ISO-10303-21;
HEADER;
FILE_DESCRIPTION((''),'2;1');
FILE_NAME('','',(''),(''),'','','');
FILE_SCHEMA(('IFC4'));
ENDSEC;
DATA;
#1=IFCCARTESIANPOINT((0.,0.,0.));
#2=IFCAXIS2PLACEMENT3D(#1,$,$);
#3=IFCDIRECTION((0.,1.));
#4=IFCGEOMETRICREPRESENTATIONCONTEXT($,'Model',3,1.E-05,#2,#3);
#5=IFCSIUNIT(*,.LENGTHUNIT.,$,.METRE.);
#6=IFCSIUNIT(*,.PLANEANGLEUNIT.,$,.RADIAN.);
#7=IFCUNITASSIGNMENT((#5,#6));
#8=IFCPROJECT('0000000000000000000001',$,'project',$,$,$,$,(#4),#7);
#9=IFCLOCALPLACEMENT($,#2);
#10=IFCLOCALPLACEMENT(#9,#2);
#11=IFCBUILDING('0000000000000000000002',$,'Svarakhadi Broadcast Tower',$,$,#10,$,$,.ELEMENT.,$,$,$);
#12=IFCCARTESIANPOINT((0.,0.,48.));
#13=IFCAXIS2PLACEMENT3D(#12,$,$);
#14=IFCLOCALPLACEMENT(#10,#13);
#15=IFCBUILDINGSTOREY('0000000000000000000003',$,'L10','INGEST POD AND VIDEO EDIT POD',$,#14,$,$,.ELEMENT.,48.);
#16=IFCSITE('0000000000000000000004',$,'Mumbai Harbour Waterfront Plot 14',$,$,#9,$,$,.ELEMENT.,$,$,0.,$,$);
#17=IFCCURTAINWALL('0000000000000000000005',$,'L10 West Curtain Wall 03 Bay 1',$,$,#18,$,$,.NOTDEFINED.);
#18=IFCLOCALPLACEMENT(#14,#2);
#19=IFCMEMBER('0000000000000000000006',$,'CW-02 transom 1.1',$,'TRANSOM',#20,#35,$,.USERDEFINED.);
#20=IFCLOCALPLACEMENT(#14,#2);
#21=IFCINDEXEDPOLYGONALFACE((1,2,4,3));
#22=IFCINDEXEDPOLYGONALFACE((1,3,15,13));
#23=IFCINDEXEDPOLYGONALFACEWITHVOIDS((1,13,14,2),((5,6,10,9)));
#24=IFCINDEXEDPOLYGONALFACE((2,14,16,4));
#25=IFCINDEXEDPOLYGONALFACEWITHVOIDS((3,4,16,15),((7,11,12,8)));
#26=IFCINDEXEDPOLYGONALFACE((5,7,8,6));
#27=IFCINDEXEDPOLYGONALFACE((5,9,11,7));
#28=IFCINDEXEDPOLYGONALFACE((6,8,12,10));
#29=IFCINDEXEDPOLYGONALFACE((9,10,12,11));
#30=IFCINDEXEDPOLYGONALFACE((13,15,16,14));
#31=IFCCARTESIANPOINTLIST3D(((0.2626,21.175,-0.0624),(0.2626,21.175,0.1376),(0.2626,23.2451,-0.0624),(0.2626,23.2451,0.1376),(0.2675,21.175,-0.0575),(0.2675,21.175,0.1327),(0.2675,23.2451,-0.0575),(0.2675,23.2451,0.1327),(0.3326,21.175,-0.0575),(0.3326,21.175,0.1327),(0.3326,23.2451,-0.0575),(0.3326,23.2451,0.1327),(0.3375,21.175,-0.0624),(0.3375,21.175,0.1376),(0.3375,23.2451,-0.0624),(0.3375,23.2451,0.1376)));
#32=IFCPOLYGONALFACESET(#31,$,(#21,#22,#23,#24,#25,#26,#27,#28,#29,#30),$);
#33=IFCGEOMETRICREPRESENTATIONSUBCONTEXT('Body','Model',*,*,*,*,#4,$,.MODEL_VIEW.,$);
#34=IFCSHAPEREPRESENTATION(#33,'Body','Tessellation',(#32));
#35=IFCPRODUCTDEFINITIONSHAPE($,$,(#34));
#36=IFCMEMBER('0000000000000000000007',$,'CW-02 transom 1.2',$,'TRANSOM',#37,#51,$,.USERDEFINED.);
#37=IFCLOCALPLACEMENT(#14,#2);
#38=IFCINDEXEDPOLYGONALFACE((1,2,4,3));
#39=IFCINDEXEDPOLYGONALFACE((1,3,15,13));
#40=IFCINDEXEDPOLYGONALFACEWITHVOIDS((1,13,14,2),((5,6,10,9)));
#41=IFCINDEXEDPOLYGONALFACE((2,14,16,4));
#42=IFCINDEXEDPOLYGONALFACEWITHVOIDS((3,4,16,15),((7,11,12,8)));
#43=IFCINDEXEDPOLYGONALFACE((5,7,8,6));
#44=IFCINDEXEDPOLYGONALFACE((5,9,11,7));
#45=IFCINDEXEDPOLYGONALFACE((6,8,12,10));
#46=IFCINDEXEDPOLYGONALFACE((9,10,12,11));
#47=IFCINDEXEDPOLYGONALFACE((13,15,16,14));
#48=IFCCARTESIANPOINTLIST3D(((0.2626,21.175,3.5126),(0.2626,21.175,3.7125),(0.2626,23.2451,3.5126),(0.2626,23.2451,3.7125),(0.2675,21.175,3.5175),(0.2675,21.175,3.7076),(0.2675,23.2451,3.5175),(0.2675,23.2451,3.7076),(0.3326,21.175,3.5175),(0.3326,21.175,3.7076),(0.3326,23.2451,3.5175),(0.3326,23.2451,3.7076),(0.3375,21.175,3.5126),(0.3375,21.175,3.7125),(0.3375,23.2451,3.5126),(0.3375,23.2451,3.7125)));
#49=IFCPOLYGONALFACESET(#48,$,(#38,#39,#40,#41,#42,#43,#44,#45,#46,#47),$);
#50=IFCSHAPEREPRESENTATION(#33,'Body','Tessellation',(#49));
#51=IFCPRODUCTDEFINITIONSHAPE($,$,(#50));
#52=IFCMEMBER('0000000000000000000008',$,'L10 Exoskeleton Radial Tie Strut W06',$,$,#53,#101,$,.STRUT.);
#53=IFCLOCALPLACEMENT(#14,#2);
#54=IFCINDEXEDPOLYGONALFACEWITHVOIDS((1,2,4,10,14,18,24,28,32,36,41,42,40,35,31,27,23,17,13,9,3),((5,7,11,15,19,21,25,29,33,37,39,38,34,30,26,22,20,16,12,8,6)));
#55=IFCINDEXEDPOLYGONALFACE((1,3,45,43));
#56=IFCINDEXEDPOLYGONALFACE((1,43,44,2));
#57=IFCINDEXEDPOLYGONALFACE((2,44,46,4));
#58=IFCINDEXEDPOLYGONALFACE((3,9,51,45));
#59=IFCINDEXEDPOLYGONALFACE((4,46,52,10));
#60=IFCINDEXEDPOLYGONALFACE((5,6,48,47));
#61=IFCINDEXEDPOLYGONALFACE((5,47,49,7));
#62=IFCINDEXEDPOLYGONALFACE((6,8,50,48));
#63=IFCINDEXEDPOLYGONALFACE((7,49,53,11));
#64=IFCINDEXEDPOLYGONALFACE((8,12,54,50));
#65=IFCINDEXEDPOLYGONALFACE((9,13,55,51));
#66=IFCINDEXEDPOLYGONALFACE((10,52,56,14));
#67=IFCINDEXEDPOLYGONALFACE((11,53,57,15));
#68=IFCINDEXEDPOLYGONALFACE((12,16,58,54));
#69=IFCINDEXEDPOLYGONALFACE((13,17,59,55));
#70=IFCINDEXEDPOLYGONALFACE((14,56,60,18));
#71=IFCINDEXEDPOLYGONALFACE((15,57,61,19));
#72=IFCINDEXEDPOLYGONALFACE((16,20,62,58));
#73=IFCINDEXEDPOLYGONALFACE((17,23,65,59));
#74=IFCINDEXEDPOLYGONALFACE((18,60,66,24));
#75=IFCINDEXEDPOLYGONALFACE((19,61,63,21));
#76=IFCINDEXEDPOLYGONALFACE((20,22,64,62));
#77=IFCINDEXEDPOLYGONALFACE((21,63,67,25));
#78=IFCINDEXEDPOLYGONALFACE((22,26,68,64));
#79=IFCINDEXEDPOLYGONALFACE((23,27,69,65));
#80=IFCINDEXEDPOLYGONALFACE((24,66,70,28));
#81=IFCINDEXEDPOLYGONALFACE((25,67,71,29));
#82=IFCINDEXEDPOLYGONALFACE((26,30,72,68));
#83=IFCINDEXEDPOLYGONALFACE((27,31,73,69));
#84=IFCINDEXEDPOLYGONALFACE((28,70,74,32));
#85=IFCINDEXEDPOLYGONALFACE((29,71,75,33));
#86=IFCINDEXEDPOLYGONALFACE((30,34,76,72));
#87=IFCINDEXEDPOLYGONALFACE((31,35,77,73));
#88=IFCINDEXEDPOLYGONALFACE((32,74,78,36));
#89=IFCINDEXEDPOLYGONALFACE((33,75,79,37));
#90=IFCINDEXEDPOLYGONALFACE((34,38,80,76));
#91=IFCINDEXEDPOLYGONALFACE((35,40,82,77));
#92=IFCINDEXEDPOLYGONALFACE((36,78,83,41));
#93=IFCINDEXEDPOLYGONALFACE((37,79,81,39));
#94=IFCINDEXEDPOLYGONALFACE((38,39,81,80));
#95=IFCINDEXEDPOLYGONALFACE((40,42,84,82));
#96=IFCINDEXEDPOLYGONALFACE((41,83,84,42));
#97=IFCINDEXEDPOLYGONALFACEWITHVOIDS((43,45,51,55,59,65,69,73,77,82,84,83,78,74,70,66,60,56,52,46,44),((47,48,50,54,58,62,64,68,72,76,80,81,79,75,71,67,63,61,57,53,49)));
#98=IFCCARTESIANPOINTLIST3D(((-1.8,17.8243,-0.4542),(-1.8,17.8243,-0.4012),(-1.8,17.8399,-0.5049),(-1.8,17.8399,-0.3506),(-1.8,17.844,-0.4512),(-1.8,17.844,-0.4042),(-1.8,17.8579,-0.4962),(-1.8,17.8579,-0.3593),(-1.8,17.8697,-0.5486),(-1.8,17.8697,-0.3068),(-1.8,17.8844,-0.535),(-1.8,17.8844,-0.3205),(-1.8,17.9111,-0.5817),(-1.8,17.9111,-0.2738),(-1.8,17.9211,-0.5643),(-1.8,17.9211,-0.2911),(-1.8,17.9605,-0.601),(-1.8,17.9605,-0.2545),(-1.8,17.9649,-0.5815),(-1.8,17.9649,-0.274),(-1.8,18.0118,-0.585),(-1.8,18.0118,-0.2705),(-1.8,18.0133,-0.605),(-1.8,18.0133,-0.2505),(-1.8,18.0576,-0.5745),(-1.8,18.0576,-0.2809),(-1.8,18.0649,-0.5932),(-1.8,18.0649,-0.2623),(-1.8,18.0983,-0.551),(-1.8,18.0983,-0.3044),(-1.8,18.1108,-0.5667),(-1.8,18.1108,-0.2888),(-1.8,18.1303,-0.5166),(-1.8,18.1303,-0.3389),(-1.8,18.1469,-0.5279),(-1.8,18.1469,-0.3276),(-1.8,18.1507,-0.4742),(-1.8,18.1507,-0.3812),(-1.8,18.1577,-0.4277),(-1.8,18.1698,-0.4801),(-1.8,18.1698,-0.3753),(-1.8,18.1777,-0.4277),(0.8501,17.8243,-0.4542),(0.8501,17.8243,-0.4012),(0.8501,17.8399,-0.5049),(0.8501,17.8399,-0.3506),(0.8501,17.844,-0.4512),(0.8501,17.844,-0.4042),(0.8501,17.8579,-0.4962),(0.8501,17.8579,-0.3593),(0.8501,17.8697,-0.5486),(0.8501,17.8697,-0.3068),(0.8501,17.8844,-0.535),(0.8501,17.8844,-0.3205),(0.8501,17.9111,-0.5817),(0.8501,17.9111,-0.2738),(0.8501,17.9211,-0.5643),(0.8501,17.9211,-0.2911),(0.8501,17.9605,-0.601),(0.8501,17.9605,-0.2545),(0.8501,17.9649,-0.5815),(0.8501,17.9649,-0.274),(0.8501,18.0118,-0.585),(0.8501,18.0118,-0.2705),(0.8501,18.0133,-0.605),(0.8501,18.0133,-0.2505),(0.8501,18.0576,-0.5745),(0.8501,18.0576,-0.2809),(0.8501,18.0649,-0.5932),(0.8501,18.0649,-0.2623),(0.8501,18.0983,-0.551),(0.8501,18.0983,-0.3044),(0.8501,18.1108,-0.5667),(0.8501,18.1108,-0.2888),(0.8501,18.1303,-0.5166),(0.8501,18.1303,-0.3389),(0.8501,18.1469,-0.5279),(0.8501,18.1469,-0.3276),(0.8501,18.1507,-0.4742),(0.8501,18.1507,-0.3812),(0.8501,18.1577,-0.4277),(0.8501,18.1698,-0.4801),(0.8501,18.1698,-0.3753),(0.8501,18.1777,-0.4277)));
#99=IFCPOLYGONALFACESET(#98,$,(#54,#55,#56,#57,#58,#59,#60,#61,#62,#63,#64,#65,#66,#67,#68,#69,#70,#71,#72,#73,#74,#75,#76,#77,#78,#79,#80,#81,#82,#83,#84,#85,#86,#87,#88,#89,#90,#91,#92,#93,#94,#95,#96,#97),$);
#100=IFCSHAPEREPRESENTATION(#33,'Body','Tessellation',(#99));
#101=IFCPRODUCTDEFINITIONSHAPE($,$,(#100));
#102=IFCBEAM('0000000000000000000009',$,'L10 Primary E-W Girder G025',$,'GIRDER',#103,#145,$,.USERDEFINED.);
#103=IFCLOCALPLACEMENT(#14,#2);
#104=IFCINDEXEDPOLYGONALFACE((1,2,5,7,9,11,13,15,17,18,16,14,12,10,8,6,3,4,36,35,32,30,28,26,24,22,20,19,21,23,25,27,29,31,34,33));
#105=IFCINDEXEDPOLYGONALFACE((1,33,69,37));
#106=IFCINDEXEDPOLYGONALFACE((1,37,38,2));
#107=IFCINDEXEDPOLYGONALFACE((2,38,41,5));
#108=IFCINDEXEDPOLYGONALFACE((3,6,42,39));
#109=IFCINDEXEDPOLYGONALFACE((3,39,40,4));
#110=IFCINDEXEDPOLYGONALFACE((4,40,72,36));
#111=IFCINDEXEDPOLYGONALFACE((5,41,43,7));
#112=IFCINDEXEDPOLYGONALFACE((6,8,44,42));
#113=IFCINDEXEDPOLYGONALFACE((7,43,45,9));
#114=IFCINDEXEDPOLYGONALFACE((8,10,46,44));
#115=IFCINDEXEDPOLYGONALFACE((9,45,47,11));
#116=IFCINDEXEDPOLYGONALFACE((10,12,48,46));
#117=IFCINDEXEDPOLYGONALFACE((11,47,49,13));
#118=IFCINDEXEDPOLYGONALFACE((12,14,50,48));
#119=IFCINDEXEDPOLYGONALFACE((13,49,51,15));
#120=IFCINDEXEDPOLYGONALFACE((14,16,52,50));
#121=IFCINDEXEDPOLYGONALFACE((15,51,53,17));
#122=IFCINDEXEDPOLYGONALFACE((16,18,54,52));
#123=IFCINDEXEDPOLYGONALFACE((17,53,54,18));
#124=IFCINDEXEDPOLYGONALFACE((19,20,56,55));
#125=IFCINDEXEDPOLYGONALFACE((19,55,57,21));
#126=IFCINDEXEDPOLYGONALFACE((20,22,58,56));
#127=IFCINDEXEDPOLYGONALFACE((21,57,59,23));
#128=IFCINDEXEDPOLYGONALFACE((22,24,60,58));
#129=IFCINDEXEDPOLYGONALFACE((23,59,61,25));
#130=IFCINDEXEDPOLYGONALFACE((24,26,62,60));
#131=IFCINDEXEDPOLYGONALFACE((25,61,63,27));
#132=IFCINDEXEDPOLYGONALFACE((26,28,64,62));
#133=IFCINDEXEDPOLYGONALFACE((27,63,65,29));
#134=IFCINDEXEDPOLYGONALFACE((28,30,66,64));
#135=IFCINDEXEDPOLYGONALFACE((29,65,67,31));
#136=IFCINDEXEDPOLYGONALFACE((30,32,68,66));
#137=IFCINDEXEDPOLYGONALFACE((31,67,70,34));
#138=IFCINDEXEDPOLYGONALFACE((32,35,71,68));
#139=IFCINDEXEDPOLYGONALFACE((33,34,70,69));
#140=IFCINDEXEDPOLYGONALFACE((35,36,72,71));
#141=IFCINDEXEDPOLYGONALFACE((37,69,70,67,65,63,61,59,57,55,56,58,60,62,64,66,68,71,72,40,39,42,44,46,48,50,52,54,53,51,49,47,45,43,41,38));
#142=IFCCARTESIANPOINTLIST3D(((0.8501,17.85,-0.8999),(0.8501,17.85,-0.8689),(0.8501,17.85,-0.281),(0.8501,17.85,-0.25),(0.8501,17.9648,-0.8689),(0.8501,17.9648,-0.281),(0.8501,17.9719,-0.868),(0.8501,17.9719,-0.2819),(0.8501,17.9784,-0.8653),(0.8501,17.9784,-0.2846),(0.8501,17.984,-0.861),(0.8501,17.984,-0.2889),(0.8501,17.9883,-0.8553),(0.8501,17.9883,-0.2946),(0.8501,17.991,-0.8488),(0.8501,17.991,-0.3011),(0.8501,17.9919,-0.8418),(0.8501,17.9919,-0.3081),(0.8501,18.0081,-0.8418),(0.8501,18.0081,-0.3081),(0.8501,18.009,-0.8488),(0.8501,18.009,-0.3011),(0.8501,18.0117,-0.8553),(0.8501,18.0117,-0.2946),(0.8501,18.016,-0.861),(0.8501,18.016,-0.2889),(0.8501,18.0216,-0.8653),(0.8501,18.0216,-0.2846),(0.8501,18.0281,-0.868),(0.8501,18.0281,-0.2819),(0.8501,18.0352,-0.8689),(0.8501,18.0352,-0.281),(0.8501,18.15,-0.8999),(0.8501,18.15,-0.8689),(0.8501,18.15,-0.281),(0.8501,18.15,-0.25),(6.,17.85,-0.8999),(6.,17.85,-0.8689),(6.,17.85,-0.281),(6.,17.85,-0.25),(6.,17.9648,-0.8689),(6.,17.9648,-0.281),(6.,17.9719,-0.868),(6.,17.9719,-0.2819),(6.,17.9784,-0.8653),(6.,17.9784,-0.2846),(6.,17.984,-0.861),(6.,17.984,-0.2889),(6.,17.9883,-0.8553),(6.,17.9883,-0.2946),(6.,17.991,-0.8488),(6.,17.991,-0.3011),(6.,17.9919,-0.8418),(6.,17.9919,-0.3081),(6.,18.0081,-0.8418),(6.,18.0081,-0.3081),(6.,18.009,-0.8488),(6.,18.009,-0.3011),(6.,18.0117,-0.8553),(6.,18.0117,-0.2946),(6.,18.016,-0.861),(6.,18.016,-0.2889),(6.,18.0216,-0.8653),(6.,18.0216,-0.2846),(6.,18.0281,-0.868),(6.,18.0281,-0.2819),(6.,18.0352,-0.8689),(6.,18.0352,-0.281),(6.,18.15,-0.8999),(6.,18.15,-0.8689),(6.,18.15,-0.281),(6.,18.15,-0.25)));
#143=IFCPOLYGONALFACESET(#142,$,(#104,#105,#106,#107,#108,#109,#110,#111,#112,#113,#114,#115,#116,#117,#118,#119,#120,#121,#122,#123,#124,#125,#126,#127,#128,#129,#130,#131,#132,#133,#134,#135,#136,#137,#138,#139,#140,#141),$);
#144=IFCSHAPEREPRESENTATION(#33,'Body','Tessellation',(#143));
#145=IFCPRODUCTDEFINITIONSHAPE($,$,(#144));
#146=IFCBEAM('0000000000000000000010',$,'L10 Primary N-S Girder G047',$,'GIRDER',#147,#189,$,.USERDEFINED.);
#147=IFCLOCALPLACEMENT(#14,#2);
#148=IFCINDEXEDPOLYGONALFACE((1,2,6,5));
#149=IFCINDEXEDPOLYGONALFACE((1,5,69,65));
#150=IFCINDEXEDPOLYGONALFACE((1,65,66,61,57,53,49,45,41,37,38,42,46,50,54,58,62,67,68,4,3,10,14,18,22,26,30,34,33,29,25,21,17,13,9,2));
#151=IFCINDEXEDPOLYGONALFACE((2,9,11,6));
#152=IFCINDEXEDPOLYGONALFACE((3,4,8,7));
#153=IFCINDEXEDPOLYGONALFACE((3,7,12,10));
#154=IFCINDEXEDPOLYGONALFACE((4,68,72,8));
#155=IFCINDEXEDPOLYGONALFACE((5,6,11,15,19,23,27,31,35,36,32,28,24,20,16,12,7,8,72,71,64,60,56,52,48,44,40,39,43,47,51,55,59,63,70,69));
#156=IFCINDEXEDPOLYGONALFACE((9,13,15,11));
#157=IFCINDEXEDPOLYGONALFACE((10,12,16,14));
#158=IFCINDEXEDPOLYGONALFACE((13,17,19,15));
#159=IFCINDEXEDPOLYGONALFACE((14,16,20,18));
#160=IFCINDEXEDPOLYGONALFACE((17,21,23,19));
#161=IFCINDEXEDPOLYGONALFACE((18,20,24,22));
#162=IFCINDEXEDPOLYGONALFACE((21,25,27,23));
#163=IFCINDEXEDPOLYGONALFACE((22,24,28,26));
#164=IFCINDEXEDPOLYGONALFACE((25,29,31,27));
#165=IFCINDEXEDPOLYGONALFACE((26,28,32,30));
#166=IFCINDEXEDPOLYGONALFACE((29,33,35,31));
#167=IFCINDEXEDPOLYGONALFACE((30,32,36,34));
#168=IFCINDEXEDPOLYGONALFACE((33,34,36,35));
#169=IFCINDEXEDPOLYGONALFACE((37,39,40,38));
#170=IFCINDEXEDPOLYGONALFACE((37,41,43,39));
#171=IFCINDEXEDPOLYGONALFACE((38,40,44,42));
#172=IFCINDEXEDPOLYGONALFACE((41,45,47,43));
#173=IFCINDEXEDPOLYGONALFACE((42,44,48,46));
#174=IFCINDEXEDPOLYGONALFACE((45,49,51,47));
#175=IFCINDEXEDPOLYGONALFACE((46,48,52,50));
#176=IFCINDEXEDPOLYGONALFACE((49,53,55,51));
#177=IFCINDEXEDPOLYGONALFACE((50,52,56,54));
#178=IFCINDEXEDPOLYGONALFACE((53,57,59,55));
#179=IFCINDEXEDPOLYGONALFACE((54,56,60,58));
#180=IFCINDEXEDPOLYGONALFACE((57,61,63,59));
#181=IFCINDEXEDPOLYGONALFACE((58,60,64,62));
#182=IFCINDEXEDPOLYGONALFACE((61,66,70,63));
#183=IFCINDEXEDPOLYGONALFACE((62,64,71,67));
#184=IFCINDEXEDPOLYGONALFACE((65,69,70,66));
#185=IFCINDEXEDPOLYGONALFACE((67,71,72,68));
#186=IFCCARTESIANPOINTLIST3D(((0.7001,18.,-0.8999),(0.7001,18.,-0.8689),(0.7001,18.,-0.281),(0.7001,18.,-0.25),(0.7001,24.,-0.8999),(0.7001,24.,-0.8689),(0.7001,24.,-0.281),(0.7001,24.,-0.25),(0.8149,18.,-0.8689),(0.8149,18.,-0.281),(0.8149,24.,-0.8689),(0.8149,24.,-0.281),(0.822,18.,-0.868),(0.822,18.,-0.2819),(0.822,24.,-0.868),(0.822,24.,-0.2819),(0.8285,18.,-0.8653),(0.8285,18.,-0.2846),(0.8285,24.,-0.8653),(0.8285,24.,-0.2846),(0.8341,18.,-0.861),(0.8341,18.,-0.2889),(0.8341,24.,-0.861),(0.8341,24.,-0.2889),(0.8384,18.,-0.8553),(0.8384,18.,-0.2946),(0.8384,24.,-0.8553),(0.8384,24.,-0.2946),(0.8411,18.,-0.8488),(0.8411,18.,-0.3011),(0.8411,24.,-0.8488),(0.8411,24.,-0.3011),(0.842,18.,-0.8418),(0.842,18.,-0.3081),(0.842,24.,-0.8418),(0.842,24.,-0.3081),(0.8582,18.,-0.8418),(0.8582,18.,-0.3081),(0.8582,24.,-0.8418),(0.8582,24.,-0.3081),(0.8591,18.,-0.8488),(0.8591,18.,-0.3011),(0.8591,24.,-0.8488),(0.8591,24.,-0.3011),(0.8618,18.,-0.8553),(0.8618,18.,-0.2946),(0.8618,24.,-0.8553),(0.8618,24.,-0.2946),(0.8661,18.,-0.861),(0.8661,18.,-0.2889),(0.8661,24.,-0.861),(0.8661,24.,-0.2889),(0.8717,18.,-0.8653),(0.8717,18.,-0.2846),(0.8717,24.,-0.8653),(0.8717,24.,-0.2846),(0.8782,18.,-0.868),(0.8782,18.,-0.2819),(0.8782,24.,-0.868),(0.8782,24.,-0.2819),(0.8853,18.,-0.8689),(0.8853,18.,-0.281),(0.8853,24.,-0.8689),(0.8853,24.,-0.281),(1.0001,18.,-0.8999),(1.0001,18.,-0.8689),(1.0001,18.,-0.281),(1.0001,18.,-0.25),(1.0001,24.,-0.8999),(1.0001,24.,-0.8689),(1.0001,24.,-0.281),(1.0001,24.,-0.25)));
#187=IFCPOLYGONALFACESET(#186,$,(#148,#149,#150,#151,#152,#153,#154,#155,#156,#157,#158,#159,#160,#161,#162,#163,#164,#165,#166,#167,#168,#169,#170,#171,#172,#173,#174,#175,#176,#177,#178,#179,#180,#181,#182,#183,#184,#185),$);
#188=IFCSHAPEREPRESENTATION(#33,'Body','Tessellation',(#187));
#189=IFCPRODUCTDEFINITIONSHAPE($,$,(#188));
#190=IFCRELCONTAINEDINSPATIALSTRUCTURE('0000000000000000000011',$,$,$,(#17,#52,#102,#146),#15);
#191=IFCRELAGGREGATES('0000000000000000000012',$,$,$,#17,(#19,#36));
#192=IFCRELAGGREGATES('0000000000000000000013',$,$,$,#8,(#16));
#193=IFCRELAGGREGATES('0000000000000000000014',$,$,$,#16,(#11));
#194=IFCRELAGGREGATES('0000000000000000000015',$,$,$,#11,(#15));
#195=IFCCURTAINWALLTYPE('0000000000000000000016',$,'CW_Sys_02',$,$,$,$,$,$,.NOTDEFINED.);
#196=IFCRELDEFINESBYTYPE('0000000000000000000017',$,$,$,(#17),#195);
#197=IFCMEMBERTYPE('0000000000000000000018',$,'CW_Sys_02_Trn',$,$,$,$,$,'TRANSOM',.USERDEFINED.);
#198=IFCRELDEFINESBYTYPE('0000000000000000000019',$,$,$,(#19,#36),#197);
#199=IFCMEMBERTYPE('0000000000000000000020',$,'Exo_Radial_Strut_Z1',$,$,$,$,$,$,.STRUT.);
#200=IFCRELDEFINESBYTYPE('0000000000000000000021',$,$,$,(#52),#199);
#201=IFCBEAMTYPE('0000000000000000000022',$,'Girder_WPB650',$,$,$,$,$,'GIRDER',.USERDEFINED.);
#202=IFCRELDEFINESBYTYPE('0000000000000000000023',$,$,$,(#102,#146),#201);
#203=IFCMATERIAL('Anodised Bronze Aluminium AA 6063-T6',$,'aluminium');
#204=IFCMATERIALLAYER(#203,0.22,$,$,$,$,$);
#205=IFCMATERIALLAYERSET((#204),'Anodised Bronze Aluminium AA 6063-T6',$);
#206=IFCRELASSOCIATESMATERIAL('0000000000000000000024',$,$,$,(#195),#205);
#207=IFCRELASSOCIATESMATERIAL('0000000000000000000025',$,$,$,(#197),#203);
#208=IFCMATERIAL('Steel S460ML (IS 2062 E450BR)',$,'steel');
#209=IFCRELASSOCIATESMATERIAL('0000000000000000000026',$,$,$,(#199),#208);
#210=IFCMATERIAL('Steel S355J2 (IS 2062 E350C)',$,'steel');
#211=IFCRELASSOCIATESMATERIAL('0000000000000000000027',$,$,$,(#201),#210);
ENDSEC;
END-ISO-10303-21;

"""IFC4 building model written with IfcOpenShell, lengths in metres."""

from ifc_helpers import new_model, si_unit, direction, frame, origin, origin_2d, place, context, subcontext, project, spatial, hollow_rectangle, hollow_circle, i_section, extrude, material, layer, layer_set, material_profile, profile_set, type_object, element, aggregate, save


model = new_model("IFC4")

# Units and contexts
model_context = context("Model", 3, precision=1e-05, world=origin(), true_north=direction((0.0, 1.0)))
body_context = subcontext(model_context, "Body", "Model", "MODEL_VIEW")
ifc_project = project(units=[si_unit("LENGTHUNIT", "METRE"), si_unit("PLANEANGLEUNIT", "RADIAN")], contexts=[model_context])

# Site, building, storey
site_placement = place(None, origin())
site = spatial("IfcSite", under=ifc_project, at=site_placement, Name="Mumbai Harbour Waterfront Plot 14", CompositionType="ELEMENT", RefElevation=0.0)
building_placement = place(site_placement, origin())
building = spatial("IfcBuilding", under=site, at=building_placement, Name="Svarakhadi Broadcast Tower", CompositionType="ELEMENT")
storey_placement = place(building_placement, frame((0.0, 0.0, 48.0)))
storey = spatial("IfcBuildingStorey", under=building, at=storey_placement, Name="L10", Description="INGEST POD AND VIDEO EDIT POD", CompositionType="ELEMENT", Elevation=48.0)

# Shared definitions
ifc_material_1 = material(Name="Steel S460ML (IS 2062 E450BR)", Category="steel")

# Shared definitions
ifc_material_2 = material(Name="Steel S355J2 (IS 2062 E350C)", Category="steel")

# Curtain wall, members
ifc_material_3 = material(Name="Anodised Bronze Aluminium AA 6063-T6", Category="aluminium")
ifc_layer_1 = layer(ifc_material_3, 0.22)
ifc_layer_set_1 = layer_set([ifc_layer_1], Name="Anodised Bronze Aluminium AA 6063-T6")
curtain_wall_type = type_object("IfcCurtainWallType", Name="CW_Sys_02", PredefinedType="NOTDEFINED", material=ifc_layer_set_1)
curtain_wall_placement = place(storey_placement, origin())
curtain_wall = element("IfcCurtainWall", 1, at=curtain_wall_placement, inside=storey, type_object=curtain_wall_type, Name="L10 West Curtain Wall 03 Bay 1", PredefinedType="NOTDEFINED")
ifc_material_profile_1 = material_profile(ifc_material_3, hollow_rectangle(XDim=0.075, YDim=0.2, WallThickness=0.0049, at=origin_2d()), Name="ALU TRANSOM 200x75x5")
ifc_profile_set_1 = profile_set([ifc_material_profile_1], Name="Anodised Bronze Aluminium AA 6063-T6")
member_type_1 = type_object("IfcMemberType", Name="CW_Sys_02_Trn", ElementType="TRANSOM", PredefinedType="USERDEFINED", material=ifc_profile_set_1)
member_1_placement = place(storey_placement, frame((0.3, 21.175, 0.0376), z_axis=(0.0, 1.0, 0.0), x_axis=(-1.0, 0.0, 0.0)))
member_1 = element("IfcMember", 2, at=member_1_placement, type_object=member_type_1, Name="CW-02 transom 1.1", ObjectType="TRANSOM", PredefinedType="USERDEFINED", context=body_context, shape_type="SweptSolid", body=[
    extrude(hollow_rectangle(XDim=0.075, YDim=0.2, WallThickness=0.0049, at=origin_2d()), origin(), (0.0, 0.0, 1.0), 2.0701),
])
member_2_placement = place(storey_placement, frame((0.3, 21.175, 3.6125), z_axis=(0.0, 1.0, 0.0), x_axis=(-1.0, 0.0, 0.0)))
member_2 = element("IfcMember", 3, at=member_2_placement, type_object=member_type_1, Name="CW-02 transom 1.2", ObjectType="TRANSOM", PredefinedType="USERDEFINED", context=body_context, shape_type="SweptSolid", body=[
    extrude(hollow_rectangle(XDim=0.075, YDim=0.2, WallThickness=0.0049, at=origin_2d()), origin(), (0.0, 0.0, 1.0), 2.0701),
])

# Member
ifc_material_profile_2 = material_profile(ifc_material_1, hollow_circle(Radius=0.1777, WallThickness=0.02, at=origin_2d()), Name="CHS 355.6x20")
ifc_profile_set_2 = profile_set([ifc_material_profile_2], Name="Steel S460ML (IS 2062 E450BR)")
member_type_2 = type_object("IfcMemberType", Name="Exo_Radial_Strut_Z1", PredefinedType="STRUT", material=ifc_profile_set_2)
member_3_placement = place(storey_placement, frame((-1.8, 18.0, -0.4277), z_axis=(1.0, 0.0, 0.0), x_axis=(0.0, 1.0, 0.0)))
element("IfcMember", 4, at=member_3_placement, inside=storey, type_object=member_type_2, Name="L10 Exoskeleton Radial Tie Strut W06", PredefinedType="STRUT", context=body_context, shape_type="SweptSolid", body=[
    extrude(hollow_circle(Radius=0.1777, WallThickness=0.02, at=origin_2d()), origin(), (0.0, 0.0, 1.0), 2.6501),
])

# Beams
ifc_material_profile_3 = material_profile(ifc_material_2, i_section(OverallWidth=0.3, OverallDepth=0.6499, WebThickness=0.0161, FlangeThickness=0.031, FilletRadius=0.0271, at=origin_2d()), Name="WPB 650x300x225")
ifc_profile_set_3 = profile_set([ifc_material_profile_3], Name="Steel S355J2 (IS 2062 E350C)")
beam_type_1 = type_object("IfcBeamType", Name="Girder_WPB650", ElementType="GIRDER", PredefinedType="USERDEFINED", material=ifc_profile_set_3)
beam_1_placement = place(storey_placement, frame((0.8501, 18.0, -0.575), z_axis=(1.0, 0.0, 0.0), x_axis=(0.0, 1.0, 0.0)))
element("IfcBeam", 5, at=beam_1_placement, inside=storey, type_object=beam_type_1, Name="L10 Primary E-W Girder G025", ObjectType="GIRDER", PredefinedType="USERDEFINED", context=body_context, shape_type="SweptSolid", body=[
    extrude(i_section(OverallWidth=0.3, OverallDepth=0.6499, WebThickness=0.0161, FlangeThickness=0.031, FilletRadius=0.0271, at=origin_2d()), origin(), (0.0, 0.0, 1.0), 5.1499),
])
beam_2_placement = place(storey_placement, frame((0.8501, 18.0, -0.575), z_axis=(0.0, 1.0, 0.0), x_axis=(-1.0, 0.0, 0.0)))
element("IfcBeam", 6, at=beam_2_placement, inside=storey, type_object=beam_type_1, Name="L10 Primary N-S Girder G047", ObjectType="GIRDER", PredefinedType="USERDEFINED", context=body_context, shape_type="SweptSolid", body=[
    extrude(i_section(OverallWidth=0.3, OverallDepth=0.6499, WebThickness=0.0161, FlangeThickness=0.031, FilletRadius=0.0271, at=origin_2d()), origin(), (0.0, 0.0, 1.0), 6.0),
])

aggregate(curtain_wall, [member_1, member_2])

save(model, "model.ifc")
